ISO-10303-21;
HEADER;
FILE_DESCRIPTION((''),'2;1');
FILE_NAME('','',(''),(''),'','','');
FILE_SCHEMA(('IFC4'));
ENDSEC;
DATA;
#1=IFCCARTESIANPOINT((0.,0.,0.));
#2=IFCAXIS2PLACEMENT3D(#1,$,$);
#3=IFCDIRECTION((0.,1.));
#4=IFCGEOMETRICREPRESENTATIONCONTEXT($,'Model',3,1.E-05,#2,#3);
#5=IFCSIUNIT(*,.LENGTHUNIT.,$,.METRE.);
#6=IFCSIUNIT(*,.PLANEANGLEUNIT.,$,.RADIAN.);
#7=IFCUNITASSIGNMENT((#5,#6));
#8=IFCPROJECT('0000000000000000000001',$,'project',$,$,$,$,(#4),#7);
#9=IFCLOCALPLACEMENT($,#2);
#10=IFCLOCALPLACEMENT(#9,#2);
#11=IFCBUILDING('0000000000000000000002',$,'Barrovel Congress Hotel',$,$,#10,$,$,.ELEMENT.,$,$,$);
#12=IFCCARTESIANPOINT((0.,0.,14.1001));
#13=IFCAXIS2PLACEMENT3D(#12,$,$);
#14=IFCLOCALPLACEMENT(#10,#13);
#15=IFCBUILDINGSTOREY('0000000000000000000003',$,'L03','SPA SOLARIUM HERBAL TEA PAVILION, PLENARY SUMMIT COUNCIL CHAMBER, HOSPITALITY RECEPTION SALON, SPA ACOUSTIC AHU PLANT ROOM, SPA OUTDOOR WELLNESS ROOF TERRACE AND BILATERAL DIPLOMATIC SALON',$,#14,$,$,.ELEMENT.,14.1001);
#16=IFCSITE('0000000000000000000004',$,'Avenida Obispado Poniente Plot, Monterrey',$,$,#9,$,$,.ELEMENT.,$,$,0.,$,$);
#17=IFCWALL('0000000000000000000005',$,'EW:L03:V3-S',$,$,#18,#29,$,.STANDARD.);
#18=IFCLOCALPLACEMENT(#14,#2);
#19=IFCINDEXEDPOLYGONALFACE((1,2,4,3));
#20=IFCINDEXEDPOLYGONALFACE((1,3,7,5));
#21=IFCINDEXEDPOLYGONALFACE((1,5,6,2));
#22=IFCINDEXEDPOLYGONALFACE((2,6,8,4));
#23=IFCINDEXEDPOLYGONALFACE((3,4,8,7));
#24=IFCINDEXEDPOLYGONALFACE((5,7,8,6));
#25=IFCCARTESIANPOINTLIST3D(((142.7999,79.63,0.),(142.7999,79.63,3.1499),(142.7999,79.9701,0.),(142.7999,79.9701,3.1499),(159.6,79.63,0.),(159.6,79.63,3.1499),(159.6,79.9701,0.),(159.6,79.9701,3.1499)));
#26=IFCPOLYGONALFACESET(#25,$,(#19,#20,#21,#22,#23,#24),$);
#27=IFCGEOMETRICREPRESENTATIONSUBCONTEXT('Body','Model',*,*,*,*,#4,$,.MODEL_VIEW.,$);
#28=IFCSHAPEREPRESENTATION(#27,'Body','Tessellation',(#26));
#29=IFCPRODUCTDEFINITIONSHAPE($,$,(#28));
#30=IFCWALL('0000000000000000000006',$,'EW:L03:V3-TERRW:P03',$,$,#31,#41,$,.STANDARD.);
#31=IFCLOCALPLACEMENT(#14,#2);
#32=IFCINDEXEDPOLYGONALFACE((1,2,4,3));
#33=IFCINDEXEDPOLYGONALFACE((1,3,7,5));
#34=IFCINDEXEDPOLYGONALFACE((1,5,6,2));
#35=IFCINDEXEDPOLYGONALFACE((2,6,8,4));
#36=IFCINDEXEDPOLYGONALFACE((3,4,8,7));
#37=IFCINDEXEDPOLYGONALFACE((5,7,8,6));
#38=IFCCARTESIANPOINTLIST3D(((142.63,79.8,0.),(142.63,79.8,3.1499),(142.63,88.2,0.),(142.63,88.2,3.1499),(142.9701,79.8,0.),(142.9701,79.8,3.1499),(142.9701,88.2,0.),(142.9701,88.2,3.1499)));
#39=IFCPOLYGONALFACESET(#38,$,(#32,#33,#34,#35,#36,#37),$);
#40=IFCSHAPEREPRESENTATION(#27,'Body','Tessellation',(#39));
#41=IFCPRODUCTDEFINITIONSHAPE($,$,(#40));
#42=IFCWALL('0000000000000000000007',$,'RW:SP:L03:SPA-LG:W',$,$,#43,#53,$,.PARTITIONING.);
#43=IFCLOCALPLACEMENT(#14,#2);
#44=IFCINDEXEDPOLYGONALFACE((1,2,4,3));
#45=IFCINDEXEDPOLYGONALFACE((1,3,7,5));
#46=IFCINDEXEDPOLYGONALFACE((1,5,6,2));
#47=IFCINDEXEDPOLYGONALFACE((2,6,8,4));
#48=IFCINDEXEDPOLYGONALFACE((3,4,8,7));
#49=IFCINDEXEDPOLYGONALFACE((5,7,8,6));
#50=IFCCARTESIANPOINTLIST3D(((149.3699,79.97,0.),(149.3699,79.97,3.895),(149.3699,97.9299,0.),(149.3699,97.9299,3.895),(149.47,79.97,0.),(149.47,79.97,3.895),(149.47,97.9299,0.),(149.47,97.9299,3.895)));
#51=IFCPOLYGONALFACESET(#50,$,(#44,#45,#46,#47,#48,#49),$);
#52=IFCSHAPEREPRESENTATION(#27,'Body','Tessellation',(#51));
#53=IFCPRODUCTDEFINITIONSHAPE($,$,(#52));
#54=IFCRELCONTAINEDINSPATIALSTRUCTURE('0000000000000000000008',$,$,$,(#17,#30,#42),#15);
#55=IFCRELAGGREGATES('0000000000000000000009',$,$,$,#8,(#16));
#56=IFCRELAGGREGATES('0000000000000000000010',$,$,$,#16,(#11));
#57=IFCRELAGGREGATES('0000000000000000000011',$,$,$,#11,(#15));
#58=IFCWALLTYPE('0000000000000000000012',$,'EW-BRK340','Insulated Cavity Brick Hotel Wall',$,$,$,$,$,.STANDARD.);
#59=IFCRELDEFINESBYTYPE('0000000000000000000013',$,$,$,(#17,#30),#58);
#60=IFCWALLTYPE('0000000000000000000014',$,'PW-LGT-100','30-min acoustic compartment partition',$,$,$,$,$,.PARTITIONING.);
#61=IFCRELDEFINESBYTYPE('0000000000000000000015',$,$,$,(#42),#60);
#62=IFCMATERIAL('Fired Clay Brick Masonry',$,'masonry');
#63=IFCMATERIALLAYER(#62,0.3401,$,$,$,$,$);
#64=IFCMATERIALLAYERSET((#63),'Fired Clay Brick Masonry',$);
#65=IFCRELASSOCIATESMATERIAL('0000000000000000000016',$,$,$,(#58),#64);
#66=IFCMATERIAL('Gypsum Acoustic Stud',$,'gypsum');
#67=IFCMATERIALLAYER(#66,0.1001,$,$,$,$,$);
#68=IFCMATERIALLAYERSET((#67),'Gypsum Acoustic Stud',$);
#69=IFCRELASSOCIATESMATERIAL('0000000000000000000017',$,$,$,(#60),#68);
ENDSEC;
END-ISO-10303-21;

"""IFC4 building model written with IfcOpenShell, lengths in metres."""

from ifc_helpers import new_model, si_unit, direction, frame, frame_2d, origin, place, context, subcontext, project, spatial, rectangle, extrude, material, layer, layer_set, type_object, element, save


model = new_model("IFC4")

# Units and contexts
model_context = context("Model", 3, precision=1e-05, world=origin(), true_north=direction((0.0, 1.0)))
body_context = subcontext(model_context, "Body", "Model", "MODEL_VIEW")
ifc_project = project(units=[si_unit("LENGTHUNIT", "METRE"), si_unit("PLANEANGLEUNIT", "RADIAN")], contexts=[model_context])

# Site, building, storey
site_placement = place(None, origin())
site = spatial("IfcSite", under=ifc_project, at=site_placement, Name="Avenida Obispado Poniente Plot, Monterrey", CompositionType="ELEMENT", RefElevation=0.0)
building_placement = place(site_placement, origin())
building = spatial("IfcBuilding", under=site, at=building_placement, Name="Barrovel Congress Hotel", CompositionType="ELEMENT")
storey_placement = place(building_placement, frame((0.0, 0.0, 14.1001)))
storey = spatial("IfcBuildingStorey", under=building, at=storey_placement, Name="L03", Description="SPA SOLARIUM HERBAL TEA PAVILION, PLENARY SUMMIT COUNCIL CHAMBER, HOSPITALITY RECEPTION SALON, SPA ACOUSTIC AHU PLANT ROOM, SPA OUTDOOR WELLNESS ROOF TERRACE AND BILATERAL DIPLOMATIC SALON", CompositionType="ELEMENT", Elevation=14.1001)

# Walls
ifc_material_1 = material(Name="Fired Clay Brick Masonry", Category="masonry")
ifc_layer_1 = layer(ifc_material_1, 0.3401)
ifc_layer_set_1 = layer_set([ifc_layer_1], Name="Fired Clay Brick Masonry")
wall_type_1 = type_object("IfcWallType", Name="EW-BRK340", Description="Insulated Cavity Brick Hotel Wall", PredefinedType="STANDARD", material=ifc_layer_set_1)
wall_1_placement = place(storey_placement, frame((142.8, 79.8, 0.0), z_axis=(0.0, 0.0, 1.0), x_axis=(1.0, 0.0, 0.0)))
element("IfcWall", 1, at=wall_1_placement, inside=storey, type_object=wall_type_1, Name="EW:L03:V3-S", PredefinedType="STANDARD", context=body_context, shape_type="SweptSolid", body=[
    extrude(rectangle(XDim=16.8, YDim=0.3401, at=frame_2d((8.3999, 0.0))), origin(), (0.0, 0.0, 1.0), 3.1499),
])
wall_2_placement = place(storey_placement, frame((142.8, 88.2, 0.0), z_axis=(0.0, 0.0, 1.0), x_axis=(0.0, -1.0, 0.0)))
element("IfcWall", 2, at=wall_2_placement, inside=storey, type_object=wall_type_1, Name="EW:L03:V3-TERRW:P03", PredefinedType="STANDARD", context=body_context, shape_type="SweptSolid", body=[
    extrude(rectangle(XDim=8.3999, YDim=0.3401, at=frame_2d((4.2, 0.0))), origin(), (0.0, 0.0, 1.0), 3.1499),
])
ifc_material_2 = material(Name="Gypsum Acoustic Stud", Category="gypsum")
ifc_layer_2 = layer(ifc_material_2, 0.1001)
ifc_layer_set_2 = layer_set([ifc_layer_2], Name="Gypsum Acoustic Stud")
wall_type_2 = type_object("IfcWallType", Name="PW-LGT-100", Description="30-min acoustic compartment partition", PredefinedType="PARTITIONING", material=ifc_layer_set_2)
wall_3_placement = place(storey_placement, frame((149.4199, 79.97, 0.0), z_axis=(0.0, 0.0, 1.0), x_axis=(0.0, 1.0, 0.0)))
element("IfcWall", 3, at=wall_3_placement, inside=storey, type_object=wall_type_2, Name="RW:SP:L03:SPA-LG:W", PredefinedType="PARTITIONING", context=body_context, shape_type="SweptSolid", body=[
    extrude(rectangle(XDim=17.96, YDim=0.1001, at=frame_2d((8.98, 0.0))), origin(), (0.0, 0.0, 1.0), 3.895),
])

save(model, "model.ifc")
